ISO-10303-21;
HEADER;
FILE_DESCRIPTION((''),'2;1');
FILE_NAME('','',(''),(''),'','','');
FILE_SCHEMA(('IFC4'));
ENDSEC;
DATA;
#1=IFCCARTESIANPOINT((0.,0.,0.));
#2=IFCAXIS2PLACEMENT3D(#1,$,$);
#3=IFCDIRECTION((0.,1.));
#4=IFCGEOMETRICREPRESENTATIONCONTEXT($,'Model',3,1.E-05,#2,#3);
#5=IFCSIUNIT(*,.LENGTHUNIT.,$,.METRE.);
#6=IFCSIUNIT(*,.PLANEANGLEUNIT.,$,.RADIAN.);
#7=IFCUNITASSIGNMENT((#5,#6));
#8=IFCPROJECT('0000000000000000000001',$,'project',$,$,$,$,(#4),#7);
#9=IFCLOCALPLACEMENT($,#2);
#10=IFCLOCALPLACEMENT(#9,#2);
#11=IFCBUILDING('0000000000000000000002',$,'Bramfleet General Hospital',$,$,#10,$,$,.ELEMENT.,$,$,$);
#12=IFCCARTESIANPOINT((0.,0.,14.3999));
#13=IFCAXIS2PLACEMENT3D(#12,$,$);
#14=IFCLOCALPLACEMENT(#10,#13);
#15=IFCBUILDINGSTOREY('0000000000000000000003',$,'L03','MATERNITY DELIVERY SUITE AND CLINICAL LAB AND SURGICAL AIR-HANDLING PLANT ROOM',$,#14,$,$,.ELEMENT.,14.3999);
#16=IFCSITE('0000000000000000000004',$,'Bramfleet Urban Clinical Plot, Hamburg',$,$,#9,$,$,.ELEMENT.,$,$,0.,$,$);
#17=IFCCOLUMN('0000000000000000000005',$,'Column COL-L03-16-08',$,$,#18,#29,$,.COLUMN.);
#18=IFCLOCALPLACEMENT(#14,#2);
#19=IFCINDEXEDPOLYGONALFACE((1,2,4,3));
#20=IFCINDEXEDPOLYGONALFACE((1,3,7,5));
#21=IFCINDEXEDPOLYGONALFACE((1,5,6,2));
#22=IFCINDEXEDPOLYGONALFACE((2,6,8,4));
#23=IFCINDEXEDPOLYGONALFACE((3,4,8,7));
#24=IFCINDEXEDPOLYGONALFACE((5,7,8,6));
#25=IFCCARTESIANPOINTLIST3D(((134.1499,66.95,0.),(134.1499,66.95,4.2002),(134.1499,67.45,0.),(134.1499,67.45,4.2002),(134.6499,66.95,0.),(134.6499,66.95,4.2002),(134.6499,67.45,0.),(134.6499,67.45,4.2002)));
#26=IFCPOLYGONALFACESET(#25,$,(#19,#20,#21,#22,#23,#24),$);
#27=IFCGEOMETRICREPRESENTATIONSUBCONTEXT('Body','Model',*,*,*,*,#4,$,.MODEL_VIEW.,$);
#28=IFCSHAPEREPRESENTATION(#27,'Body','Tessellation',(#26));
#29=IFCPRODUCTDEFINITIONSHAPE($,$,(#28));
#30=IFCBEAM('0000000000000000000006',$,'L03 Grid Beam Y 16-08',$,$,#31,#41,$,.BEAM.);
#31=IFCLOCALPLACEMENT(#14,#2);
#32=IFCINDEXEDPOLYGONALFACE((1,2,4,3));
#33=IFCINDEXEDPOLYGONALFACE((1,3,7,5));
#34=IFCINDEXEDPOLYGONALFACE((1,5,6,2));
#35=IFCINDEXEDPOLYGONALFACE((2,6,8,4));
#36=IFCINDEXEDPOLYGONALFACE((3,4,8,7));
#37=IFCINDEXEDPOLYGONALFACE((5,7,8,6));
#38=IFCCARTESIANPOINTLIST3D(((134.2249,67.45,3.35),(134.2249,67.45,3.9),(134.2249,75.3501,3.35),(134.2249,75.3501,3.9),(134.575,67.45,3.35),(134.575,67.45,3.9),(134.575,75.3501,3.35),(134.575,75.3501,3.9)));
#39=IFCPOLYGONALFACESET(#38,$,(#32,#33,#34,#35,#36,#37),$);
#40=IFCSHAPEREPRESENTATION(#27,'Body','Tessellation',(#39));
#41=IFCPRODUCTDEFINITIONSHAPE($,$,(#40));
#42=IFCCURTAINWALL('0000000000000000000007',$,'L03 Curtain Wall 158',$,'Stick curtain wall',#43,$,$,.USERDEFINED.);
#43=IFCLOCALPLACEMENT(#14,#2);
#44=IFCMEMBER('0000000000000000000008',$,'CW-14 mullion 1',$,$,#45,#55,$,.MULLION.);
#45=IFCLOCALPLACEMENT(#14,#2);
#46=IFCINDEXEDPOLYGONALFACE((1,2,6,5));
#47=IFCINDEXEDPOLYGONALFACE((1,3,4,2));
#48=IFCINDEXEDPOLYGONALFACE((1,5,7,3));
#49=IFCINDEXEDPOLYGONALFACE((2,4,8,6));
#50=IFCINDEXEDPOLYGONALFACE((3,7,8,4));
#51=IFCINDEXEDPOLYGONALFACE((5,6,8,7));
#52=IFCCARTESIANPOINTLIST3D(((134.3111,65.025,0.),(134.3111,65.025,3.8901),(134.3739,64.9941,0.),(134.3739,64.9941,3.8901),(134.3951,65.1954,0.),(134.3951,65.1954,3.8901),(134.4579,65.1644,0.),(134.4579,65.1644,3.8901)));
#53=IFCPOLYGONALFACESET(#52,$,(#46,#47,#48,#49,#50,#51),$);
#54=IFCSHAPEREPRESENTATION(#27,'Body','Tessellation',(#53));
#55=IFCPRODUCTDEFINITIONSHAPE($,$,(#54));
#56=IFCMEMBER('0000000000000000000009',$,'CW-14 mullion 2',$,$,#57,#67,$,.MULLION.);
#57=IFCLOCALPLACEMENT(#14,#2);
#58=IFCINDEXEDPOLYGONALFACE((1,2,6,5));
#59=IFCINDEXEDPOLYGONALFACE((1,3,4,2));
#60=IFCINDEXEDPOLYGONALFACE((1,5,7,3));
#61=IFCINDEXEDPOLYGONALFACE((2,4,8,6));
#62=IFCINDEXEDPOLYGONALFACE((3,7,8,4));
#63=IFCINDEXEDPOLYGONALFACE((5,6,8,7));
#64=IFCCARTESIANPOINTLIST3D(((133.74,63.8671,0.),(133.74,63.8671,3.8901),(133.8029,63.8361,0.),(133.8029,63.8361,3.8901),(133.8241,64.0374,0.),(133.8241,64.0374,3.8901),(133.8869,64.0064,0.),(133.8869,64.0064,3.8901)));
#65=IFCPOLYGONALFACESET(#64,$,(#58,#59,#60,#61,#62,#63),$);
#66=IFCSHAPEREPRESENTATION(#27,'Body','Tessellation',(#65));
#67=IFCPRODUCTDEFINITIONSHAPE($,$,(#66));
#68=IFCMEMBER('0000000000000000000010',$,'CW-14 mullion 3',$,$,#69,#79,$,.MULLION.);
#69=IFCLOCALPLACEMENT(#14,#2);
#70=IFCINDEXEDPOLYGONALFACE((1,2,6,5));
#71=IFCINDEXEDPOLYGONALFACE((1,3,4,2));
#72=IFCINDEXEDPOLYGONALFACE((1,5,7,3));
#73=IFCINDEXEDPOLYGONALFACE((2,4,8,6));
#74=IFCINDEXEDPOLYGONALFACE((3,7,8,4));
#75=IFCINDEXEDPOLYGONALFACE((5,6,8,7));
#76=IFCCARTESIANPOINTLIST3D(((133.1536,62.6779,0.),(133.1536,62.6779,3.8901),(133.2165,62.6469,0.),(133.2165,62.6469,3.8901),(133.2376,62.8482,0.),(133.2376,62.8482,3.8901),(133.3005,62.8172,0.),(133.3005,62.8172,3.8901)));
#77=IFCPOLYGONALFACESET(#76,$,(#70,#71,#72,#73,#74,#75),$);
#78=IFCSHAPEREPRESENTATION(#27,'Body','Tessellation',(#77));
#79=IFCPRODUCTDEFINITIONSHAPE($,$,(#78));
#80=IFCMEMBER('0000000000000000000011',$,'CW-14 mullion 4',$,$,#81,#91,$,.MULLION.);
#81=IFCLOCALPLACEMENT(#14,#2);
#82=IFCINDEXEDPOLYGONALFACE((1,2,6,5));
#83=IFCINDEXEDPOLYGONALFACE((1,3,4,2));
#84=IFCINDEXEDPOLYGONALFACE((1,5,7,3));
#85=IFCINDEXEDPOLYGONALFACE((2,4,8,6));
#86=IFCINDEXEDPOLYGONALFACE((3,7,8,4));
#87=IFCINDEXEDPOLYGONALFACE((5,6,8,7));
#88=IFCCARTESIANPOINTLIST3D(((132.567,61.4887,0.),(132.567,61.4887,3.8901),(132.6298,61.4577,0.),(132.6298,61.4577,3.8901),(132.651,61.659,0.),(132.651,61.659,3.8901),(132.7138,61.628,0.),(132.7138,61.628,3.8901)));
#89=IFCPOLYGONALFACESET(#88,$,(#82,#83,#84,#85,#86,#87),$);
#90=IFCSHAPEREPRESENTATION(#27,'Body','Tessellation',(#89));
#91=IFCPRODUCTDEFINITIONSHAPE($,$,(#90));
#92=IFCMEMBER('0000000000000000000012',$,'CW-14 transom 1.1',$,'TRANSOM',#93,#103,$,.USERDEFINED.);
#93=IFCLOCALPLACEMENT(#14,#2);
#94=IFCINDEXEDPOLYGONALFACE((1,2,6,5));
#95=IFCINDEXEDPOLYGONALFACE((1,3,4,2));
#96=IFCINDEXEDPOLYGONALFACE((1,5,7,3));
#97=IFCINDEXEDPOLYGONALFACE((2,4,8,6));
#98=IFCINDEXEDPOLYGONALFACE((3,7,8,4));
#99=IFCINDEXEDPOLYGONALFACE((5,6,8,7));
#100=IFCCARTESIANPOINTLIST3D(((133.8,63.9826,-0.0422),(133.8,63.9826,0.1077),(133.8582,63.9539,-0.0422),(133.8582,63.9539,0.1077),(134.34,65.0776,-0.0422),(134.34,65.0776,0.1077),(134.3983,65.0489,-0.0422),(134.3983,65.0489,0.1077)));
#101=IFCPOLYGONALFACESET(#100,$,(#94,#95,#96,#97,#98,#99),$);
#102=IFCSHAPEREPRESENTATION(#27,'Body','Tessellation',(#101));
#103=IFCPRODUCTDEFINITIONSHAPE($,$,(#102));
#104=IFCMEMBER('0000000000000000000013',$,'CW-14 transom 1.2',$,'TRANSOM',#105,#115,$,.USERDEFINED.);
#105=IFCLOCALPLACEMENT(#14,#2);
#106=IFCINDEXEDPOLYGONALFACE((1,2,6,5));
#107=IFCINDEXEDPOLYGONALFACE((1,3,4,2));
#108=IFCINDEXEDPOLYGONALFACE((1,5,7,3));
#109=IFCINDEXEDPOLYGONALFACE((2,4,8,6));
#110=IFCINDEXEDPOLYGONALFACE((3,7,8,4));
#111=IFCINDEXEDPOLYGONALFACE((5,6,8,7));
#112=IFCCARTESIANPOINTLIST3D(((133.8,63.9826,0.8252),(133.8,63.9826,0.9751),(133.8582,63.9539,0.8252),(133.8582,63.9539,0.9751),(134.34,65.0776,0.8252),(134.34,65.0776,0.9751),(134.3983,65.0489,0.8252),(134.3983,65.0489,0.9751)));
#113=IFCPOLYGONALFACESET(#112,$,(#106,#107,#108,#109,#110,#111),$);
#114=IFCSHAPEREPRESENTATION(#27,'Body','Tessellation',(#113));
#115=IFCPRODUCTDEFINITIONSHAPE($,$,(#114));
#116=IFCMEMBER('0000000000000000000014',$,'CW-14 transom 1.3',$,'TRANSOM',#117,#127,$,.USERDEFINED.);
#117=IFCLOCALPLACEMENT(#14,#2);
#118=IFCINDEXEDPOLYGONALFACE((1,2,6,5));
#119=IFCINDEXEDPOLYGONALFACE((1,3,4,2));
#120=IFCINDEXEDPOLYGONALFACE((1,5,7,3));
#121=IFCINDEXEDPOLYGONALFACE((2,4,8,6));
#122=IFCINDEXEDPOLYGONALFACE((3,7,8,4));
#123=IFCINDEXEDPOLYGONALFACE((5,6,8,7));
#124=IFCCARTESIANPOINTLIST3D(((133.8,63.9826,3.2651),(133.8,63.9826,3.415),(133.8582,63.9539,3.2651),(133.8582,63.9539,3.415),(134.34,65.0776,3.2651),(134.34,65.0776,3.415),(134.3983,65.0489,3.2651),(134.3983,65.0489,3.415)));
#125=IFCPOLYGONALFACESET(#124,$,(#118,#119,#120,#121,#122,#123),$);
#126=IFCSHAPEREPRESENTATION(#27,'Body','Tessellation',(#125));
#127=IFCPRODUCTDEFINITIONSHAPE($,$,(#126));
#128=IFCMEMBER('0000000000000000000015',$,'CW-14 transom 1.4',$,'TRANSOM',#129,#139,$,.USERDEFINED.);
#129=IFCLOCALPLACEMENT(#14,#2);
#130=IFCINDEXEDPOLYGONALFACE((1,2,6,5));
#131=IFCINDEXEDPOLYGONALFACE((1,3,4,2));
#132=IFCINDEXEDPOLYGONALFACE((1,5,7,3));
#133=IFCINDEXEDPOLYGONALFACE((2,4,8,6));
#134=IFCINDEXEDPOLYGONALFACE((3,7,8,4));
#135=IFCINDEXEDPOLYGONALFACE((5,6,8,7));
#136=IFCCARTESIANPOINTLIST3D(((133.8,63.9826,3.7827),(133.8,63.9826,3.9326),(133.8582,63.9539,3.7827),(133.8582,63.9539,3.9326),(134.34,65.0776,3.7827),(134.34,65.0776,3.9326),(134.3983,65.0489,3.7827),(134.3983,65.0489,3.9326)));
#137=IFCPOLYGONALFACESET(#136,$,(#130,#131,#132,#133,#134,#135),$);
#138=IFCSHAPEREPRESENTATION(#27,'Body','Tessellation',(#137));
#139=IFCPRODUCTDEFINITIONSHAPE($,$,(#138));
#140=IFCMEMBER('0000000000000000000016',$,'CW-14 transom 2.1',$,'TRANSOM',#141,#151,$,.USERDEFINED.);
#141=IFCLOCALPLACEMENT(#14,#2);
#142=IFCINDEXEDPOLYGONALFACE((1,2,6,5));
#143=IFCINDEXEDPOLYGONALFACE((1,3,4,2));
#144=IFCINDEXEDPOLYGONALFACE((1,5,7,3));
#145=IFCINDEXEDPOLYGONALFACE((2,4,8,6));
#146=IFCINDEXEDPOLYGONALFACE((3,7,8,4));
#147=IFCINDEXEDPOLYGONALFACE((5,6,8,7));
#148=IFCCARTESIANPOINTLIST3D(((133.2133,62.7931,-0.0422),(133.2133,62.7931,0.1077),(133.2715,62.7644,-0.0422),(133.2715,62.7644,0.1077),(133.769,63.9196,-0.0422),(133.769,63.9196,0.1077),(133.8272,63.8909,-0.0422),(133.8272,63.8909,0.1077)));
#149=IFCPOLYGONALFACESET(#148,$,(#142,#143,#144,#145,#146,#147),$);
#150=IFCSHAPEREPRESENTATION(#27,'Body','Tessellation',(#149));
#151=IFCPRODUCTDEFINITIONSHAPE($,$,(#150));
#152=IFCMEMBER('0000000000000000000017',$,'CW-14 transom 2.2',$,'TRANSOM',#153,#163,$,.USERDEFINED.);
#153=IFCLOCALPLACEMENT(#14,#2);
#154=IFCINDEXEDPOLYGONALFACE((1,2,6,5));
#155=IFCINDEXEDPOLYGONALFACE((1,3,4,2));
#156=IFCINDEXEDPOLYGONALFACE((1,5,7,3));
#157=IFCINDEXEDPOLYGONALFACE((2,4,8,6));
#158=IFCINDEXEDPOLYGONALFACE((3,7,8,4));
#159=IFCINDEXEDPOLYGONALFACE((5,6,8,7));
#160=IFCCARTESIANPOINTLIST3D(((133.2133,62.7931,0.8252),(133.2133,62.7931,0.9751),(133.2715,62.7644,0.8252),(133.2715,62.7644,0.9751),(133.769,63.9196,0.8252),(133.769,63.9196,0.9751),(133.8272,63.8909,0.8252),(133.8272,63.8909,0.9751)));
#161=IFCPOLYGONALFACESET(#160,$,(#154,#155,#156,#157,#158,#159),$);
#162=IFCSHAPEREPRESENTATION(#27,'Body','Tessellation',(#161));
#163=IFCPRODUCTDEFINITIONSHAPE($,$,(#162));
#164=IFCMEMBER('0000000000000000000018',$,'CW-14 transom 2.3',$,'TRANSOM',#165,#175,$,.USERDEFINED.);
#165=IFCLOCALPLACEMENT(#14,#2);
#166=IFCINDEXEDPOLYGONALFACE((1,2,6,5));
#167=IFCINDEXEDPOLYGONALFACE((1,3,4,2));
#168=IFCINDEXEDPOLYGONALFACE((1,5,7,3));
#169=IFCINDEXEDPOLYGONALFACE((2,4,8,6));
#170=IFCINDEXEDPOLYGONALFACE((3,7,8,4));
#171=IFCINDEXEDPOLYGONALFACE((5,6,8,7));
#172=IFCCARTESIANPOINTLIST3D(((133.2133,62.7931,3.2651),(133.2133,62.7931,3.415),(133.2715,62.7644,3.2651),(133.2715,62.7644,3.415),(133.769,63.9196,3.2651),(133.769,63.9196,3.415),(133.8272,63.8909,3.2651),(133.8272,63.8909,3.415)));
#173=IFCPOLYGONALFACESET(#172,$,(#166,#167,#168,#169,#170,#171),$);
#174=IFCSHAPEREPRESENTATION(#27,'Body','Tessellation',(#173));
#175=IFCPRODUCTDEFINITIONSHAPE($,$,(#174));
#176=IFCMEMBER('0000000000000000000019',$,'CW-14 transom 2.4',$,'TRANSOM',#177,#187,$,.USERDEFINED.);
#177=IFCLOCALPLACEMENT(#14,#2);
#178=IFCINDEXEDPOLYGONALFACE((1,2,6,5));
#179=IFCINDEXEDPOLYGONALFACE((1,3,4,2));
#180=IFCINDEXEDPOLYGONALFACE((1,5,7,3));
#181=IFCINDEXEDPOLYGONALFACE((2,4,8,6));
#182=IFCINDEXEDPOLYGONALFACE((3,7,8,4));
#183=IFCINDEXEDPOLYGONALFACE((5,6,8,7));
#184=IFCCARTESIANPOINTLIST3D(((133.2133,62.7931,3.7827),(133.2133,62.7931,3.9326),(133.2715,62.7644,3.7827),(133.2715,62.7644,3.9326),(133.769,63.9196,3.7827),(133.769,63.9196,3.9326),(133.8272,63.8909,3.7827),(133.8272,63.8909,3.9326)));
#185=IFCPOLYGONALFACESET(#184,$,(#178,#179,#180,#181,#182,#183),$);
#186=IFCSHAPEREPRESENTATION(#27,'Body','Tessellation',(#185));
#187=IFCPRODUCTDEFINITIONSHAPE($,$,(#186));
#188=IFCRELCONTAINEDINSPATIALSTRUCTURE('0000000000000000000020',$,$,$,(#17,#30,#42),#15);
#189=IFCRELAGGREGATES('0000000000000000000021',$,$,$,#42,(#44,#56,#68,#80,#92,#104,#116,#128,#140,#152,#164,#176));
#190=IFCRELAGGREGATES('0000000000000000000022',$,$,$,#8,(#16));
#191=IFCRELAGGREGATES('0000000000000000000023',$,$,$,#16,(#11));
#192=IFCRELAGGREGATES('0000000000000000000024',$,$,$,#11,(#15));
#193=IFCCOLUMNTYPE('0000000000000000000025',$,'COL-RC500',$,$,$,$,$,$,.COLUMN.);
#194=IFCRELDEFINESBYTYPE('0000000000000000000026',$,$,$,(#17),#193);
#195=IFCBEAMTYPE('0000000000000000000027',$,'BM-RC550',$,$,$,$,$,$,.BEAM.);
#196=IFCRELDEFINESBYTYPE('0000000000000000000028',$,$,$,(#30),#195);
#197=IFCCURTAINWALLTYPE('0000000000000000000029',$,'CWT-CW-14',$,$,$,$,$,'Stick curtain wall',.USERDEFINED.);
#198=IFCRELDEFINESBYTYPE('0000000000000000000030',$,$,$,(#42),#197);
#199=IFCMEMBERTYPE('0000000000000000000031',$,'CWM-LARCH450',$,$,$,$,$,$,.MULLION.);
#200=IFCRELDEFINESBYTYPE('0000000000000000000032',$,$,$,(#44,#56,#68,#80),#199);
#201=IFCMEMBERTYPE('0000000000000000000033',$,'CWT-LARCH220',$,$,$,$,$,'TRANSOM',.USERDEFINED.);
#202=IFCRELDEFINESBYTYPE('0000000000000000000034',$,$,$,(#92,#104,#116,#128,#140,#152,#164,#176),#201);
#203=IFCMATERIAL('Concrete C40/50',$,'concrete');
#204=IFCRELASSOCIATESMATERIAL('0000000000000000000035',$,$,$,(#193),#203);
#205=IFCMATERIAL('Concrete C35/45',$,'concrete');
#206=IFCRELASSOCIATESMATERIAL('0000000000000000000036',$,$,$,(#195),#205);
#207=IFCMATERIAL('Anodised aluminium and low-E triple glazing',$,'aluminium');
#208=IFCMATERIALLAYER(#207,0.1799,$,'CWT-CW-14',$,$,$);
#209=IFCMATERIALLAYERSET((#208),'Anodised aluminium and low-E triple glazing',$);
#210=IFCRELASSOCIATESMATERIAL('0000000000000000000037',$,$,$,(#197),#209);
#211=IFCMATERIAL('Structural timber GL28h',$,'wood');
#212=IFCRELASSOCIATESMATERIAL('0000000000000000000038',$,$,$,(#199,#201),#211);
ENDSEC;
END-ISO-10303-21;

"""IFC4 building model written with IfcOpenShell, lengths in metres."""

from ifc_helpers import new_model, si_unit, direction, frame, origin, origin_2d, place, context, subcontext, project, spatial, rectangle, extrude, material, layer, layer_set, material_profile, profile_set, type_object, element, aggregate, save


model = new_model("IFC4")

# Units and contexts
model_context = context("Model", 3, precision=1e-05, world=origin(), true_north=direction((0.0, 1.0)))
body_context = subcontext(model_context, "Body", "Model", "MODEL_VIEW")
ifc_project = project(units=[si_unit("LENGTHUNIT", "METRE"), si_unit("PLANEANGLEUNIT", "RADIAN")], contexts=[model_context])

# Site, building, storey
site_placement = place(None, origin())
site = spatial("IfcSite", under=ifc_project, at=site_placement, Name="Bramfleet Urban Clinical Plot, Hamburg", CompositionType="ELEMENT", RefElevation=0.0)
building_placement = place(site_placement, origin())
building = spatial("IfcBuilding", under=site, at=building_placement, Name="Bramfleet General Hospital", CompositionType="ELEMENT")
storey_placement = place(building_placement, frame((0.0, 0.0, 14.3999)))
storey = spatial("IfcBuildingStorey", under=building, at=storey_placement, Name="L03", Description="MATERNITY DELIVERY SUITE AND CLINICAL LAB AND SURGICAL AIR-HANDLING PLANT ROOM", CompositionType="ELEMENT", Elevation=14.3999)

# Column
ifc_material_1 = material(Name="Concrete C40/50", Category="concrete")
ifc_material_profile_1 = material_profile(ifc_material_1, rectangle(XDim=0.5, YDim=0.5, at=origin_2d()), Name="RC COL 500x500")
ifc_profile_set_1 = profile_set([ifc_material_profile_1], Name="Concrete C40/50")
column_type = type_object("IfcColumnType", Name="COL-RC500", PredefinedType="COLUMN", material=ifc_profile_set_1)
column_placement = place(storey_placement, frame((134.3999, 67.2, 0.0), z_axis=(0.0, 0.0, 1.0), x_axis=(1.0, 0.0, 0.0)))
element("IfcColumn", 1, at=column_placement, inside=storey, type_object=column_type, Name="Column COL-L03-16-08", PredefinedType="COLUMN", context=body_context, shape_type="SweptSolid", body=[
    extrude(rectangle(XDim=0.5, YDim=0.5, at=origin_2d()), origin(), (0.0, 0.0, 1.0), 4.2002),
])

# Beam
ifc_material_2 = material(Name="Concrete C35/45", Category="concrete")
ifc_material_profile_2 = material_profile(ifc_material_2, rectangle(XDim=0.3501, YDim=0.55, at=origin_2d()), Name="RC BM 550x350")
ifc_profile_set_2 = profile_set([ifc_material_profile_2], Name="Concrete C35/45")
beam_type = type_object("IfcBeamType", Name="BM-RC550", PredefinedType="BEAM", material=ifc_profile_set_2)
beam_placement = place(storey_placement, frame((134.3999, 67.45, 3.625), z_axis=(0.0, 1.0, 0.0), x_axis=(-1.0, 0.0, 0.0)))
element("IfcBeam", 2, at=beam_placement, inside=storey, type_object=beam_type, Name="L03 Grid Beam Y 16-08", PredefinedType="BEAM", context=body_context, shape_type="SweptSolid", body=[
    extrude(rectangle(XDim=0.3501, YDim=0.55, at=origin_2d()), origin(), (0.0, 0.0, 1.0), 7.9001),
])

# Curtain wall, members
ifc_material_3 = material(Name="Anodised aluminium and low-E triple glazing", Category="aluminium")
ifc_layer_1 = layer(ifc_material_3, 0.1799, Name="CWT-CW-14")
ifc_layer_set_1 = layer_set([ifc_layer_1], Name="Anodised aluminium and low-E triple glazing")
curtain_wall_type = type_object("IfcCurtainWallType", Name="CWT-CW-14", ElementType="Stick curtain wall", PredefinedType="USERDEFINED", material=ifc_layer_set_1)
curtain_wall_placement = place(storey_placement, origin())
curtain_wall = element("IfcCurtainWall", 3, at=curtain_wall_placement, inside=storey, type_object=curtain_wall_type, Name="L03 Curtain Wall 158", ObjectType="Stick curtain wall", PredefinedType="USERDEFINED")
ifc_material_4 = material(Name="Structural timber GL28h", Category="wood")
ifc_material_profile_3 = material_profile(ifc_material_4, rectangle(XDim=0.0701, YDim=0.1899, at=origin_2d()), Name="LARCH 190x70")
ifc_profile_set_3 = profile_set([ifc_material_profile_3], Name="Structural timber GL28h")
member_type_1 = type_object("IfcMemberType", Name="CWM-LARCH450", PredefinedType="MULLION", material=ifc_profile_set_3)
member_1_placement = place(storey_placement, frame((134.3845, 65.0947, 0.0), z_axis=(0.0, 0.0, 1.0), x_axis=(0.896865, -0.442305, 0.0)))
member_1 = element("IfcMember", 4, at=member_1_placement, type_object=member_type_1, Name="CW-14 mullion 1", PredefinedType="MULLION", context=body_context, shape_type="SweptSolid", body=[
    extrude(rectangle(XDim=0.0701, YDim=0.1899, at=origin_2d()), origin(), (0.0, 0.0, 1.0), 3.8901),
])
member_2_placement = place(storey_placement, frame((133.8135, 63.9368, 0.0), z_axis=(0.0, 0.0, 1.0), x_axis=(0.896865, -0.442305, 0.0)))
member_2 = element("IfcMember", 5, at=member_2_placement, type_object=member_type_1, Name="CW-14 mullion 2", PredefinedType="MULLION", context=body_context, shape_type="SweptSolid", body=[
    extrude(rectangle(XDim=0.0701, YDim=0.1899, at=origin_2d()), origin(), (0.0, 0.0, 1.0), 3.8901),
])
member_3_placement = place(storey_placement, frame((133.2271, 62.7476, 0.0), z_axis=(0.0, 0.0, 1.0), x_axis=(0.896865, -0.442305, 0.0)))
member_3 = element("IfcMember", 6, at=member_3_placement, type_object=member_type_1, Name="CW-14 mullion 3", PredefinedType="MULLION", context=body_context, shape_type="SweptSolid", body=[
    extrude(rectangle(XDim=0.0701, YDim=0.1899, at=origin_2d()), origin(), (0.0, 0.0, 1.0), 3.8901),
])
member_4_placement = place(storey_placement, frame((132.6404, 61.5583, 0.0), z_axis=(0.0, 0.0, 1.0), x_axis=(0.896865, -0.442305, 0.0)))
member_4 = element("IfcMember", 7, at=member_4_placement, type_object=member_type_1, Name="CW-14 mullion 4", PredefinedType="MULLION", context=body_context, shape_type="SweptSolid", body=[
    extrude(rectangle(XDim=0.0701, YDim=0.1899, at=origin_2d()), origin(), (0.0, 0.0, 1.0), 3.8901),
])
ifc_material_profile_4 = material_profile(ifc_material_4, rectangle(XDim=0.0649, YDim=0.1499, at=origin_2d()), Name="LARCH 150x65")
ifc_profile_set_4 = profile_set([ifc_material_profile_4], Name="Structural timber GL28h")
member_type_2 = type_object("IfcMemberType", Name="CWT-LARCH220", ElementType="TRANSOM", PredefinedType="USERDEFINED", material=ifc_profile_set_4)
member_5_placement = place(storey_placement, frame((134.3691, 65.0632, 0.0327), z_axis=(-0.442328, -0.896853, 0.0), x_axis=(0.896853, -0.442328, 0.0)))
member_5 = element("IfcMember", 8, at=member_5_placement, type_object=member_type_2, Name="CW-14 transom 1.1", ObjectType="TRANSOM", PredefinedType="USERDEFINED", context=body_context, shape_type="SweptSolid", body=[
    extrude(rectangle(XDim=0.0649, YDim=0.1499, at=origin_2d()), origin(), (0.0, 0.0, 1.0), 1.2209),
])
member_6_placement = place(storey_placement, frame((134.3691, 65.0632, 0.9001), z_axis=(-0.442328, -0.896853, 0.0), x_axis=(0.896853, -0.442328, 0.0)))
member_6 = element("IfcMember", 9, at=member_6_placement, type_object=member_type_2, Name="CW-14 transom 1.2", ObjectType="TRANSOM", PredefinedType="USERDEFINED", context=body_context, shape_type="SweptSolid", body=[
    extrude(rectangle(XDim=0.0649, YDim=0.1499, at=origin_2d()), origin(), (0.0, 0.0, 1.0), 1.2209),
])
member_7_placement = place(storey_placement, frame((134.3691, 65.0632, 3.3401), z_axis=(-0.442328, -0.896853, 0.0), x_axis=(0.896853, -0.442328, 0.0)))
member_7 = element("IfcMember", 10, at=member_7_placement, type_object=member_type_2, Name="CW-14 transom 1.3", ObjectType="TRANSOM", PredefinedType="USERDEFINED", context=body_context, shape_type="SweptSolid", body=[
    extrude(rectangle(XDim=0.0649, YDim=0.1499, at=origin_2d()), origin(), (0.0, 0.0, 1.0), 1.2209),
])
member_8_placement = place(storey_placement, frame((134.3691, 65.0632, 3.8577), z_axis=(-0.442328, -0.896853, 0.0), x_axis=(0.896853, -0.442328, 0.0)))
member_8 = element("IfcMember", 11, at=member_8_placement, type_object=member_type_2, Name="CW-14 transom 1.4", ObjectType="TRANSOM", PredefinedType="USERDEFINED", context=body_context, shape_type="SweptSolid", body=[
    extrude(rectangle(XDim=0.0649, YDim=0.1499, at=origin_2d()), origin(), (0.0, 0.0, 1.0), 1.2209),
])
member_9_placement = place(storey_placement, frame((133.7981, 63.9053, 0.0327), z_axis=(-0.442387, -0.896824, 0.0), x_axis=(0.896824, -0.442387, 0.0)))
member_9 = element("IfcMember", 12, at=member_9_placement, type_object=member_type_2, Name="CW-14 transom 2.1", ObjectType="TRANSOM", PredefinedType="USERDEFINED", context=body_context, shape_type="SweptSolid", body=[
    extrude(rectangle(XDim=0.0649, YDim=0.1499, at=origin_2d()), origin(), (0.0, 0.0, 1.0), 1.2561),
])
member_10_placement = place(storey_placement, frame((133.7981, 63.9053, 0.9001), z_axis=(-0.442387, -0.896824, 0.0), x_axis=(0.896824, -0.442387, 0.0)))
member_10 = element("IfcMember", 13, at=member_10_placement, type_object=member_type_2, Name="CW-14 transom 2.2", ObjectType="TRANSOM", PredefinedType="USERDEFINED", context=body_context, shape_type="SweptSolid", body=[
    extrude(rectangle(XDim=0.0649, YDim=0.1499, at=origin_2d()), origin(), (0.0, 0.0, 1.0), 1.2561),
])
member_11_placement = place(storey_placement, frame((133.7981, 63.9053, 3.3401), z_axis=(-0.442387, -0.896824, 0.0), x_axis=(0.896824, -0.442387, 0.0)))
member_11 = element("IfcMember", 14, at=member_11_placement, type_object=member_type_2, Name="CW-14 transom 2.3", ObjectType="TRANSOM", PredefinedType="USERDEFINED", context=body_context, shape_type="SweptSolid", body=[
    extrude(rectangle(XDim=0.0649, YDim=0.1499, at=origin_2d()), origin(), (0.0, 0.0, 1.0), 1.2561),
])
member_12_placement = place(storey_placement, frame((133.7981, 63.9053, 3.8577), z_axis=(-0.442387, -0.896824, 0.0), x_axis=(0.896824, -0.442387, 0.0)))
member_12 = element("IfcMember", 15, at=member_12_placement, type_object=member_type_2, Name="CW-14 transom 2.4", ObjectType="TRANSOM", PredefinedType="USERDEFINED", context=body_context, shape_type="SweptSolid", body=[
    extrude(rectangle(XDim=0.0649, YDim=0.1499, at=origin_2d()), origin(), (0.0, 0.0, 1.0), 1.2561),
])
aggregate(curtain_wall, [member_1, member_2, member_3, member_4, member_5, member_6, member_7, member_8, member_9, member_10, member_11, member_12])

save(model, "model.ifc")
